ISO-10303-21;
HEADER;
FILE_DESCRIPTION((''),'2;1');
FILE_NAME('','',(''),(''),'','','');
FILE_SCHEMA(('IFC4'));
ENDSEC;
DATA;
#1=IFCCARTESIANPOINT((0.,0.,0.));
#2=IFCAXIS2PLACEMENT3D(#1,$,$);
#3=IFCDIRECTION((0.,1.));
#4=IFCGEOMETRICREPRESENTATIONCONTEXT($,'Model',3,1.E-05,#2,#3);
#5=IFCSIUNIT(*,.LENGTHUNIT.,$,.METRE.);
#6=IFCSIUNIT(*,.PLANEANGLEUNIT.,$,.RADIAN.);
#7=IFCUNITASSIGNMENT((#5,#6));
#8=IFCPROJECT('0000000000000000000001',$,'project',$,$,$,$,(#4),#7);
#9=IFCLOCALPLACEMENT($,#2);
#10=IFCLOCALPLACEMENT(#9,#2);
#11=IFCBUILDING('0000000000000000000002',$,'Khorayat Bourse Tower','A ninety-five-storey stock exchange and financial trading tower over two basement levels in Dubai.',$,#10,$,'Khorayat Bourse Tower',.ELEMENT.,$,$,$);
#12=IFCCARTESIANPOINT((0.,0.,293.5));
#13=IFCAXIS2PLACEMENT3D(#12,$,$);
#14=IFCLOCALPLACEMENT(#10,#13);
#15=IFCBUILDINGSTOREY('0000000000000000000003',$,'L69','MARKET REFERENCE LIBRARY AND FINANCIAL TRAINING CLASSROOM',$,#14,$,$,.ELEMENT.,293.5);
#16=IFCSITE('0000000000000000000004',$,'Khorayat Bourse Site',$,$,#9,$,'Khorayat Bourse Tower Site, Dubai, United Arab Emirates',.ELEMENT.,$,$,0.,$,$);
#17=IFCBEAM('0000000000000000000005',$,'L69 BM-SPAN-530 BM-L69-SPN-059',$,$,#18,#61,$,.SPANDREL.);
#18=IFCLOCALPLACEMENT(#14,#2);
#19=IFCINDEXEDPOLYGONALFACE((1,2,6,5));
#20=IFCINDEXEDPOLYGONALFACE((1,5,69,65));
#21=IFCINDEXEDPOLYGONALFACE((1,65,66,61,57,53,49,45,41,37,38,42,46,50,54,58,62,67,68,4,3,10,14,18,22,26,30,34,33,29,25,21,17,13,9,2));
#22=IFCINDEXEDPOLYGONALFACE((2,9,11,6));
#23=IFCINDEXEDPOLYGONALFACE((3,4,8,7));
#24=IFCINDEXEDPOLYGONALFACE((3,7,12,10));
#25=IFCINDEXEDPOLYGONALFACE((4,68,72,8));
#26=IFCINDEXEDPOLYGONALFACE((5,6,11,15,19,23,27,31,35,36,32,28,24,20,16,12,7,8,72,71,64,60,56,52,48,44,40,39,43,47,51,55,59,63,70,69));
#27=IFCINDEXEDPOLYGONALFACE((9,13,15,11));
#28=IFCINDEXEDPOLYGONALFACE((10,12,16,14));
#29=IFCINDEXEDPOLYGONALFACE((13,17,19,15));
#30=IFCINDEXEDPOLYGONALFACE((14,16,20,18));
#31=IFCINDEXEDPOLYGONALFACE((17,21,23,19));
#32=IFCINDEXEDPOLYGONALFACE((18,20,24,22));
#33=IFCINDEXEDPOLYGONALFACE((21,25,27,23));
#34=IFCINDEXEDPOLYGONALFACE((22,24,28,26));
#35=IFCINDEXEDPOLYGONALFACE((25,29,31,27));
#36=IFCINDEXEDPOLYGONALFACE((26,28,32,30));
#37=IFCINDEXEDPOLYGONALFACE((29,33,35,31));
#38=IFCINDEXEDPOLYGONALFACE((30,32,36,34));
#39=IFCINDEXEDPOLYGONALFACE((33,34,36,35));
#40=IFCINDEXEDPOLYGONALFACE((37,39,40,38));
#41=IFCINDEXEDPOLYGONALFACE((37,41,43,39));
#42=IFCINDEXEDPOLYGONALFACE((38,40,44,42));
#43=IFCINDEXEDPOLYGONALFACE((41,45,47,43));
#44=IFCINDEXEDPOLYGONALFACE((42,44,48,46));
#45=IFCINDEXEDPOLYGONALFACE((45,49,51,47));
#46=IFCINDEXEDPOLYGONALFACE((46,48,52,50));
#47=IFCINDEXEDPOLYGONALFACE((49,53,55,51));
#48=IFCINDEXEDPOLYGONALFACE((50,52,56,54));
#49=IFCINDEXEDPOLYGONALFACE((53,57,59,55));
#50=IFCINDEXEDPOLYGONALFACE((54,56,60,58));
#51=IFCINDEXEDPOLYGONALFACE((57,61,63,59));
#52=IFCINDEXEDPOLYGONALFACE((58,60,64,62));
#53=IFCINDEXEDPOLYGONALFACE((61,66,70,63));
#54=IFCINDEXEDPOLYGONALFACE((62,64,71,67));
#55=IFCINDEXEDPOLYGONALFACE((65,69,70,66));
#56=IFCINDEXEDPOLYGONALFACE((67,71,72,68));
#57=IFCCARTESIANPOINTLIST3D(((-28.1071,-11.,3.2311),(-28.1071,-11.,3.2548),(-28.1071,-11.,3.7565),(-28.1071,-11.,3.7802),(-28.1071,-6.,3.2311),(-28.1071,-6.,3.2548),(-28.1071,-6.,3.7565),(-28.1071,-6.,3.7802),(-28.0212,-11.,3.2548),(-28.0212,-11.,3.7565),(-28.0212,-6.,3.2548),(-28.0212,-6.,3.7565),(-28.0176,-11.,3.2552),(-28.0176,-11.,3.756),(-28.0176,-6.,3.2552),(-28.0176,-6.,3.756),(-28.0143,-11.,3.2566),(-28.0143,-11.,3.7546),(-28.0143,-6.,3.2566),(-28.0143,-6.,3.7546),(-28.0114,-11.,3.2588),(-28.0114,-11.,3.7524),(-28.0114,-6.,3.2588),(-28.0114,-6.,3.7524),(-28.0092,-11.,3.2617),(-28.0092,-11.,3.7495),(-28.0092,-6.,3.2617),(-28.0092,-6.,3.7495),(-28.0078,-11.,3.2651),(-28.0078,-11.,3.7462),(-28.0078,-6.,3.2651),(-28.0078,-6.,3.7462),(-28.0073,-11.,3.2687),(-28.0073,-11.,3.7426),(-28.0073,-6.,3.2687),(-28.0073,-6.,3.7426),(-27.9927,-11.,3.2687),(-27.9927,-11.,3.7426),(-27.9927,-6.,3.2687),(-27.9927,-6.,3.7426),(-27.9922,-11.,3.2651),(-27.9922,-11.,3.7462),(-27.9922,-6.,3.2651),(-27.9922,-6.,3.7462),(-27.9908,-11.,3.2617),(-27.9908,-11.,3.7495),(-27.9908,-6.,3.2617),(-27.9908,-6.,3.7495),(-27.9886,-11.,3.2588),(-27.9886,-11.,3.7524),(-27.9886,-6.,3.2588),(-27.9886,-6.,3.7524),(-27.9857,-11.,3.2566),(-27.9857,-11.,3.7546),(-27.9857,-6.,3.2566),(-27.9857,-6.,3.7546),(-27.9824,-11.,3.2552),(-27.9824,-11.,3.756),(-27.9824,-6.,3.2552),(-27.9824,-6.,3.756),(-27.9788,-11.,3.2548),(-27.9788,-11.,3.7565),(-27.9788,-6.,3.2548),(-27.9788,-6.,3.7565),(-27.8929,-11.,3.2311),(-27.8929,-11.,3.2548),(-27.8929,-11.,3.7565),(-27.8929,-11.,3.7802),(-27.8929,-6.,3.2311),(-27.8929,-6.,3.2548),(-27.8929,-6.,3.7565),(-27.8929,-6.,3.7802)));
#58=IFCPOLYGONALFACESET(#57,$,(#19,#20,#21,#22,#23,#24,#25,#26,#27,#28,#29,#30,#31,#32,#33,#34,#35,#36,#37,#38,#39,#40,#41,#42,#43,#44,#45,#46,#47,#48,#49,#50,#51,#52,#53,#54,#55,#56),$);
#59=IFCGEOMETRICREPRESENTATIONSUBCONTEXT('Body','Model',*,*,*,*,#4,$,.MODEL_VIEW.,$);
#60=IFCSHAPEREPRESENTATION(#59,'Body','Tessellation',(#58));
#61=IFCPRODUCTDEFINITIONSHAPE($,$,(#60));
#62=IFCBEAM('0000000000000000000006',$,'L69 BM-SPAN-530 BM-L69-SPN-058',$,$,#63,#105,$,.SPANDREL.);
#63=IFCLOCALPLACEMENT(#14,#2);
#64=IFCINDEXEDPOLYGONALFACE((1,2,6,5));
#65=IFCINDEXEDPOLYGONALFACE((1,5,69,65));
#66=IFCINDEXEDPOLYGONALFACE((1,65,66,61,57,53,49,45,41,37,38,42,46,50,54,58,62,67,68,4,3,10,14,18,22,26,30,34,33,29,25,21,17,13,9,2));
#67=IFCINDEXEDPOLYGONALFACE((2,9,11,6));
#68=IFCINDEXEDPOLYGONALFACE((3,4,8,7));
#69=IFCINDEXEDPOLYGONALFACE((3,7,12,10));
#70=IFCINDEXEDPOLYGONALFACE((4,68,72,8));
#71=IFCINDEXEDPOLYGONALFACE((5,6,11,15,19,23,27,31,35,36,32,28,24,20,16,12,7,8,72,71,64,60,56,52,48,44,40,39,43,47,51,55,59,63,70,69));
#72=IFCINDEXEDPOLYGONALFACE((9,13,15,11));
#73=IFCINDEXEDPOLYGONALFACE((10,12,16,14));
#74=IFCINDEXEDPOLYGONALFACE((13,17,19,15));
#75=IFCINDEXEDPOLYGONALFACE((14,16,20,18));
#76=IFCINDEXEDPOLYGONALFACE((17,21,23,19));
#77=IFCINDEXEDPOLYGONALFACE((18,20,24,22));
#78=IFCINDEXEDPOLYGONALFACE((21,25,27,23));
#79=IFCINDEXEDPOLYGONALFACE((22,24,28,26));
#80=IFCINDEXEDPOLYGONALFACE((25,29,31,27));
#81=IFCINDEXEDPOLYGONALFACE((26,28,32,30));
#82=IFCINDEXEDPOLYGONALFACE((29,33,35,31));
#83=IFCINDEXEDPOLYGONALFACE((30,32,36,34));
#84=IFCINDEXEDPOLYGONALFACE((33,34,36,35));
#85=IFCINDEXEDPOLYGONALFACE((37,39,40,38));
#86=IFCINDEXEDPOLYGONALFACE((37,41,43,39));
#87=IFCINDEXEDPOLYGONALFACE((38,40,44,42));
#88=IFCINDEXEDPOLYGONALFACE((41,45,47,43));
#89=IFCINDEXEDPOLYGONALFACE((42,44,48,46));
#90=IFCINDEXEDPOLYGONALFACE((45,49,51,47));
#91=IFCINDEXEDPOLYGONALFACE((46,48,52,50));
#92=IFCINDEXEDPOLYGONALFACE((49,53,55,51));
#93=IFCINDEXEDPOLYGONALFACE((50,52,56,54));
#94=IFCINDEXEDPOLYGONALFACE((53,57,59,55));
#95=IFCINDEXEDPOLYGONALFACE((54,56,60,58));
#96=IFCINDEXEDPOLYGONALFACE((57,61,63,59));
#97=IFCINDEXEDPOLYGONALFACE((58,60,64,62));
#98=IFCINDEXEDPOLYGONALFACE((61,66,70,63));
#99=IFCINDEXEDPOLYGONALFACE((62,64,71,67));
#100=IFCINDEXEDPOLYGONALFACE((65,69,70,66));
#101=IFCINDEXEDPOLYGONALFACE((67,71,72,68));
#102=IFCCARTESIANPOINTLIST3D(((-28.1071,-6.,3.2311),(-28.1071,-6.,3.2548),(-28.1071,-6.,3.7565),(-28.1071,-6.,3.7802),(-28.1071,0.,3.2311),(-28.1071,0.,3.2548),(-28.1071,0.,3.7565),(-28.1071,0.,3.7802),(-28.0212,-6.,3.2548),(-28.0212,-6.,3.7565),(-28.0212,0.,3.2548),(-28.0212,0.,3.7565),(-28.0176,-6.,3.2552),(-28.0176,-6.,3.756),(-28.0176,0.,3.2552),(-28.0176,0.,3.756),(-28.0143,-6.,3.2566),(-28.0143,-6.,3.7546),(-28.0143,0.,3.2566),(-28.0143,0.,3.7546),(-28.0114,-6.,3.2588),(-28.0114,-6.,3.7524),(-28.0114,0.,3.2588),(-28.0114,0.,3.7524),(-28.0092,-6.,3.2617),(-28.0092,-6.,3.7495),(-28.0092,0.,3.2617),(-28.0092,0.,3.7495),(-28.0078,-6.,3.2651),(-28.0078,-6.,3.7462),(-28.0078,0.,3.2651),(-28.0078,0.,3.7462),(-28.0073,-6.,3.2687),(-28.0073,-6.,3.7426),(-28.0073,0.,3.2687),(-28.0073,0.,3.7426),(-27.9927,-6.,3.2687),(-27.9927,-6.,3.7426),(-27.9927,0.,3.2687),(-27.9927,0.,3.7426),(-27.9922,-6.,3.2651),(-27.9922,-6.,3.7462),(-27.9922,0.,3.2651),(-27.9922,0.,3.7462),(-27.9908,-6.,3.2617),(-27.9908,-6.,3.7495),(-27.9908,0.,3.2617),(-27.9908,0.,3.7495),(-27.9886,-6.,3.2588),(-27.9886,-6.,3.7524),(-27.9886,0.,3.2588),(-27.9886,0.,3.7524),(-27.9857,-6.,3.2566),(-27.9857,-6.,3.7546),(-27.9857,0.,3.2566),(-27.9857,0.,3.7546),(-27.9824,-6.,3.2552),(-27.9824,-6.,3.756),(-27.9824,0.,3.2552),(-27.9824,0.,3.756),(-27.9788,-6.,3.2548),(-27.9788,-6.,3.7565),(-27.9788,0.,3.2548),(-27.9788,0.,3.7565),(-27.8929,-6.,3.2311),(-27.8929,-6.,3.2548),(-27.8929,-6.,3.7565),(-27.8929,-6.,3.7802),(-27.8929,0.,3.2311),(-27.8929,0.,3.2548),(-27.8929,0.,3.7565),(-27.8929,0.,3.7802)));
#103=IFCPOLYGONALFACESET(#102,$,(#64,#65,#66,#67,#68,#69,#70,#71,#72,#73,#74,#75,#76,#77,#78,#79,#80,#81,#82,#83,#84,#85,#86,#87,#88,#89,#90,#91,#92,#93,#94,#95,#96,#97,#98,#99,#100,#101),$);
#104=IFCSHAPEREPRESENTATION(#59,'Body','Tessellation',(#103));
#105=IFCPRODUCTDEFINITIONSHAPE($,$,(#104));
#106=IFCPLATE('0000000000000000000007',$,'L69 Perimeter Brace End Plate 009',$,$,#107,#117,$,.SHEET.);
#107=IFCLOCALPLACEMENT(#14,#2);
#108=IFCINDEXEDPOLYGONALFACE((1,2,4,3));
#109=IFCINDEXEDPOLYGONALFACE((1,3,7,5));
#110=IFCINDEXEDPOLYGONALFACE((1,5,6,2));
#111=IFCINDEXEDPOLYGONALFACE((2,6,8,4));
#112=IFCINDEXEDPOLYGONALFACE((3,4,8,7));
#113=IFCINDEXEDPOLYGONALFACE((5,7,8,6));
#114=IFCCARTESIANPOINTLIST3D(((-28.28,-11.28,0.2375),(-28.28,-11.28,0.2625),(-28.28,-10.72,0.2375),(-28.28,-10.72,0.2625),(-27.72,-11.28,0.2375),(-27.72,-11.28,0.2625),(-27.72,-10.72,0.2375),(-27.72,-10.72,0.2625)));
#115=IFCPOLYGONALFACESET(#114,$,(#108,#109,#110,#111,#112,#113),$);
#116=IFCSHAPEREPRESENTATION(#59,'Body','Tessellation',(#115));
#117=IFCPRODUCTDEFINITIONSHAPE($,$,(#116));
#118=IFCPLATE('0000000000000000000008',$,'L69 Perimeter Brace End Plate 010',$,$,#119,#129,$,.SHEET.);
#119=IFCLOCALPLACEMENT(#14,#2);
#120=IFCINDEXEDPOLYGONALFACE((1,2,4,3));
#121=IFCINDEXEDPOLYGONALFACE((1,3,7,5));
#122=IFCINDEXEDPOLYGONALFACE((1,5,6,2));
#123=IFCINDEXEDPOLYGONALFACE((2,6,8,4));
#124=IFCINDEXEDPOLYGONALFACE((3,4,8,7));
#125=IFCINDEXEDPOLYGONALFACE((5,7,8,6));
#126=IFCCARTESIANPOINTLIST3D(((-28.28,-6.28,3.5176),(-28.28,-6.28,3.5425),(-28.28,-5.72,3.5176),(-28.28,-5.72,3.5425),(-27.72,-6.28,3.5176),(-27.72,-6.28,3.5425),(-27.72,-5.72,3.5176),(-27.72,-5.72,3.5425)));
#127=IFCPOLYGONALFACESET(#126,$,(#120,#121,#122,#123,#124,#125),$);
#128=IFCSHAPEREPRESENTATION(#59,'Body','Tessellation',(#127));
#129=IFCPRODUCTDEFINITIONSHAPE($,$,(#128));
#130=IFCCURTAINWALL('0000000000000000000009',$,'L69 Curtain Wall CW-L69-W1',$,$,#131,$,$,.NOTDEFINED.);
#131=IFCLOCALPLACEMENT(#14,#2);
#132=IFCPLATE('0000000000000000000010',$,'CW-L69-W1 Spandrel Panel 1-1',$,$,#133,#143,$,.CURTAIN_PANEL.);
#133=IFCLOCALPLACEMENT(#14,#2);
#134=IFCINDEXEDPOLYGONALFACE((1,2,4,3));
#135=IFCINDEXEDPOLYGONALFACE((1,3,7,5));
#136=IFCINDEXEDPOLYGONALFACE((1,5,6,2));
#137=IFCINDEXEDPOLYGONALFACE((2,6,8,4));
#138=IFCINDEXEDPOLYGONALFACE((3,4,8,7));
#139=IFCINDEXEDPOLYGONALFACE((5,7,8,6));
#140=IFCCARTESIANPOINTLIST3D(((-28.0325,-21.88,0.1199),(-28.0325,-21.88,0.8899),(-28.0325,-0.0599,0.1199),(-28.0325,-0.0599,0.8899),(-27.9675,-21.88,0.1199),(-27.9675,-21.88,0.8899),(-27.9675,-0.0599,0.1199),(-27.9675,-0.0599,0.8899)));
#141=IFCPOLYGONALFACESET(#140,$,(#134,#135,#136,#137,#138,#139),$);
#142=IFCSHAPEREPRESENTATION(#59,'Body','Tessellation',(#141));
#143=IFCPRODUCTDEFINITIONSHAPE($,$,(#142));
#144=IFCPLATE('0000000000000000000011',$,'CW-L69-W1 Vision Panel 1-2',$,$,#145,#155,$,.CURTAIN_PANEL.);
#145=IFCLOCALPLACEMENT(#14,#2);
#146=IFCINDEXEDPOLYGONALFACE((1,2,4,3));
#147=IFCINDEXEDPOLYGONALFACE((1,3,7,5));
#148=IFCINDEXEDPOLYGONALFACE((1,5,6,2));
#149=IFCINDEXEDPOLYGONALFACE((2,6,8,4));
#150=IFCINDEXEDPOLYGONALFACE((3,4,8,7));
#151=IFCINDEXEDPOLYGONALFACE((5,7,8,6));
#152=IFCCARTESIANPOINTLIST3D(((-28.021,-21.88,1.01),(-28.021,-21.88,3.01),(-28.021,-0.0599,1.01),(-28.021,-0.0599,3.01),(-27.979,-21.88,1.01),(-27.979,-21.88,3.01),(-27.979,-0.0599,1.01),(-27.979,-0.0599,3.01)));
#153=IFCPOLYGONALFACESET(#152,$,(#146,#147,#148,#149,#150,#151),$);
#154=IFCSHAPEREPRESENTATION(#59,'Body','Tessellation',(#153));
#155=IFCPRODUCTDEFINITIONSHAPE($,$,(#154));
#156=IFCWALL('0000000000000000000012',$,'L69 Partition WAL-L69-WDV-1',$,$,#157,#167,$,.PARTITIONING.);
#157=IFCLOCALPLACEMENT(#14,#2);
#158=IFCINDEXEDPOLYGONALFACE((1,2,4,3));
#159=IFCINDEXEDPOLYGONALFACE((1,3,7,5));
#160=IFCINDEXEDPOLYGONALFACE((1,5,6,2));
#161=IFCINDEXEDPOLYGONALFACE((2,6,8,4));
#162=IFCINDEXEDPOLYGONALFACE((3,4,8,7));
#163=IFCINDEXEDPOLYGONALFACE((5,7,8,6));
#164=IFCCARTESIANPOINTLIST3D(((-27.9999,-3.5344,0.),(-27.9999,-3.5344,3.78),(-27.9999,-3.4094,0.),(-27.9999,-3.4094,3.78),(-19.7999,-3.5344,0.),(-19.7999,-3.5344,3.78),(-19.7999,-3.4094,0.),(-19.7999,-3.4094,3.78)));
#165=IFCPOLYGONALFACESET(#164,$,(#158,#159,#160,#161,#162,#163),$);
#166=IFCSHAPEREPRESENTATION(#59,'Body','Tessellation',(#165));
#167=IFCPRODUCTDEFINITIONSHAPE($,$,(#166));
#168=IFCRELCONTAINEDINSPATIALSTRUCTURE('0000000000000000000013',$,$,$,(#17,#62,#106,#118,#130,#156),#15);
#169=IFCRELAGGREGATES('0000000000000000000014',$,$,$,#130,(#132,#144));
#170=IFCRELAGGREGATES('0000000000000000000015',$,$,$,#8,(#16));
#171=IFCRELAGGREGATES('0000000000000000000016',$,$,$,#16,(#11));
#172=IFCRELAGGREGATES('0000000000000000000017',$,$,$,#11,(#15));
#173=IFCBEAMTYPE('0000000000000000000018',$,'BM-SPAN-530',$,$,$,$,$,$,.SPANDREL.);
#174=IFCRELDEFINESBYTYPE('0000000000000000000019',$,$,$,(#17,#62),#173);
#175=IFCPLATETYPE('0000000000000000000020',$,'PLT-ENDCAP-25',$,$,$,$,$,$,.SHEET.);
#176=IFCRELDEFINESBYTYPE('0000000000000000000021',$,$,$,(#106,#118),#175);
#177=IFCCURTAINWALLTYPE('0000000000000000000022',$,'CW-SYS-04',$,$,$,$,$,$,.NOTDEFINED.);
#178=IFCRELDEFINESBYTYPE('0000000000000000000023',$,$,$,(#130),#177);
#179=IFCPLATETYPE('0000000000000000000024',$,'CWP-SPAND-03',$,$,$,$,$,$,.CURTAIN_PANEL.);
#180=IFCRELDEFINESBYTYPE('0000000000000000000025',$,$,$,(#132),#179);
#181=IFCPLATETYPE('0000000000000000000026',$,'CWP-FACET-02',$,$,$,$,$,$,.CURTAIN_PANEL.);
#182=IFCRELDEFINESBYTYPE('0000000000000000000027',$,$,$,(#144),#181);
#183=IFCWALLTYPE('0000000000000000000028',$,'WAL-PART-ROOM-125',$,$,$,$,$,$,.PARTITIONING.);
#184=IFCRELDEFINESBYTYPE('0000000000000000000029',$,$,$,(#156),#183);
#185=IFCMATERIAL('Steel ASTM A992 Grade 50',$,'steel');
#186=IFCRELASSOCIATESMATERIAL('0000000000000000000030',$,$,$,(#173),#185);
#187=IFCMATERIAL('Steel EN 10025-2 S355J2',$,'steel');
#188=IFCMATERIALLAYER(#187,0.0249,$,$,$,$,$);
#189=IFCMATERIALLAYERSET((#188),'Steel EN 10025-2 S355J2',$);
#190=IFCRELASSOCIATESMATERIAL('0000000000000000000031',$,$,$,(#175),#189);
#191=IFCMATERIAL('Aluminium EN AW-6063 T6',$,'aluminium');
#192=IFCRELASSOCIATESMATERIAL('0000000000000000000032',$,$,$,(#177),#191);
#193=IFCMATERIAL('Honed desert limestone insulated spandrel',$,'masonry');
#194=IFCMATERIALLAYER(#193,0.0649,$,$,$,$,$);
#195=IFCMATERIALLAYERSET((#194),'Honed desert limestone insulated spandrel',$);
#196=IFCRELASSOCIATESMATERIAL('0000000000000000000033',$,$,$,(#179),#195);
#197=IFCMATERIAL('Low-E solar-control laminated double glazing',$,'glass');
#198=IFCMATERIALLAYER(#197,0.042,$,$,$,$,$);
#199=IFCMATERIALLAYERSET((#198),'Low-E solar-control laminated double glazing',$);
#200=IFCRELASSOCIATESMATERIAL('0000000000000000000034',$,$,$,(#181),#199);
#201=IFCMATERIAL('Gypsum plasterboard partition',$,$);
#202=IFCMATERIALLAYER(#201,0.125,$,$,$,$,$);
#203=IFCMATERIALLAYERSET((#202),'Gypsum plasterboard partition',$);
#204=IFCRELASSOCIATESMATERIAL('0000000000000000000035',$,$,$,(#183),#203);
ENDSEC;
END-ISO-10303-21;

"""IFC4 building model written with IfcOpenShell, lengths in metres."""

from ifc_helpers import new_model, si_unit, direction, frame, frame_2d, origin, origin_2d, place, context, subcontext, project, spatial, rectangle, i_section, extrude, source, transform, mapped, material, layer, layer_set, material_profile, profile_set, type_object, element, aggregate, save


model = new_model("IFC4")

# Units and contexts
model_context = context("Model", 3, precision=1e-05, world=origin(), true_north=direction((0.0, 1.0)))
body_context = subcontext(model_context, "Body", "Model", "MODEL_VIEW")
ifc_project = project(units=[si_unit("LENGTHUNIT", "METRE"), si_unit("PLANEANGLEUNIT", "RADIAN")], contexts=[model_context])

# Site, building, storey
site_placement = place(None, origin())
site = spatial("IfcSite", under=ifc_project, at=site_placement, Name="Khorayat Bourse Site", LongName="Khorayat Bourse Tower Site, Dubai, United Arab Emirates", CompositionType="ELEMENT", RefElevation=0.0)
building_placement = place(site_placement, origin())
building = spatial("IfcBuilding", under=site, at=building_placement, Name="Khorayat Bourse Tower", Description="A ninety-five-storey stock exchange and financial trading tower over two basement levels in Dubai.", LongName="Khorayat Bourse Tower", CompositionType="ELEMENT")
storey_placement = place(building_placement, frame((0.0, 0.0, 293.5)))
storey = spatial("IfcBuildingStorey", under=building, at=storey_placement, Name="L69", Description="MARKET REFERENCE LIBRARY AND FINANCIAL TRAINING CLASSROOM", CompositionType="ELEMENT", Elevation=293.5)

# Beams
ifc_material_1 = material(Name="Steel ASTM A992 Grade 50", Category="steel")
ifc_material_profile_1 = material_profile(ifc_material_1, i_section(OverallWidth=0.2141, OverallDepth=0.5491, WebThickness=0.0146, FlangeThickness=0.0237, FilletRadius=0.0139, at=origin_2d()), Name="W530X138")
ifc_profile_set_1 = profile_set([ifc_material_profile_1], Name="Steel ASTM A992 Grade 50")
beam_type_1 = type_object("IfcBeamType", Name="BM-SPAN-530", PredefinedType="SPANDREL", material=ifc_profile_set_1)
shared_shape_1 = source(origin(), body_context, "Body", "SweptSolid", [
    extrude(i_section(OverallWidth=0.2141, OverallDepth=0.5491, WebThickness=0.0146, FlangeThickness=0.0237, FilletRadius=0.0139, at=origin_2d()), origin(), (0.0, 0.0, 1.0), 5.0),
])
beam_1_placement = place(storey_placement, frame((-28.0, -11.0, 3.5056), z_axis=(0.0, 1.0, 0.0), x_axis=(-1.0, 0.0, 0.0)))
element("IfcBeam", 1, at=beam_1_placement, inside=storey, type_object=beam_type_1, Name="L69 BM-SPAN-530 BM-L69-SPN-059", PredefinedType="SPANDREL", context=body_context, shape_type="MappedRepresentation", body=[
    mapped(shared_shape_1, transform((0.0, 0.0, 0.0), scale=1.0)),
])
shared_shape_2 = source(origin(), body_context, "Body", "SweptSolid", [
    extrude(i_section(OverallWidth=0.2141, OverallDepth=0.5491, WebThickness=0.0146, FlangeThickness=0.0237, FilletRadius=0.0139, at=origin_2d()), origin(), (0.0, 0.0, 1.0), 6.0),
])
beam_2_placement = place(storey_placement, frame((-28.0, -6.0, 3.5056), z_axis=(0.0, 1.0, 0.0), x_axis=(-1.0, 0.0, 0.0)))
element("IfcBeam", 2, at=beam_2_placement, inside=storey, type_object=beam_type_1, Name="L69 BM-SPAN-530 BM-L69-SPN-058", PredefinedType="SPANDREL", context=body_context, shape_type="MappedRepresentation", body=[
    mapped(shared_shape_2, transform((0.0, 0.0, 0.0), scale=1.0)),
])

# Plates
ifc_material_2 = material(Name="Steel EN 10025-2 S355J2", Category="steel")
ifc_layer_1 = layer(ifc_material_2, 0.0249)
ifc_layer_set_1 = layer_set([ifc_layer_1], Name="Steel EN 10025-2 S355J2")
plate_type_1 = type_object("IfcPlateType", Name="PLT-ENDCAP-25", PredefinedType="SHEET", material=ifc_layer_set_1)
shared_shape_3 = source(origin(), body_context, "Body", "SweptSolid", [
    extrude(rectangle(XDim=0.5601, YDim=0.5601, at=origin_2d()), origin(), (0.0, 0.0, 1.0), 0.0249),
])
for number, where, z_axis, x_axis, name in (
    (3, (-28.0, -11.0, 0.2375), (0.0, 0.0, 1.0), (1.0, 0.0, 0.0), "L69 Perimeter Brace End Plate 009"),
    (4, (-28.0, -6.0, 3.5176), (0.0, 0.0, 1.0), (1.0, 0.0, 0.0), "L69 Perimeter Brace End Plate 010"),
):
    element("IfcPlate", number, at=place(storey_placement, frame(where, z_axis=z_axis, x_axis=x_axis)), inside=storey, type_object=plate_type_1, Name=name, PredefinedType="SHEET", context=body_context, shape_type="MappedRepresentation", body=[
        mapped(shared_shape_3, transform((0.0, 0.0, 0.0), scale=1.0)),
    ])

# Curtain wall, plates
ifc_material_3 = material(Name="Aluminium EN AW-6063 T6", Category="aluminium")
curtain_wall_type = type_object("IfcCurtainWallType", Name="CW-SYS-04", PredefinedType="NOTDEFINED", material=ifc_material_3)
curtain_wall_placement = place(storey_placement, origin())
curtain_wall = element("IfcCurtainWall", 5, at=curtain_wall_placement, inside=storey, type_object=curtain_wall_type, Name="L69 Curtain Wall CW-L69-W1", PredefinedType="NOTDEFINED")
ifc_material_4 = material(Name="Honed desert limestone insulated spandrel", Category="masonry")
ifc_layer_2 = layer(ifc_material_4, 0.0649)
ifc_layer_set_2 = layer_set([ifc_layer_2], Name="Honed desert limestone insulated spandrel")
plate_type_2 = type_object("IfcPlateType", Name="CWP-SPAND-03", PredefinedType="CURTAIN_PANEL", material=ifc_layer_set_2)
shared_shape_4 = source(origin(), body_context, "Body", "SweptSolid", [
    extrude(rectangle(XDim=21.8201, YDim=0.0649, at=origin_2d()), origin(), (0.0, 0.0, 1.0), 0.77),
])
plate_1_placement = place(storey_placement, frame((-28.0, -10.97, 0.1199), z_axis=(0.0, 0.0, 1.0), x_axis=(0.0, 1.0, 0.0)))
plate_1 = element("IfcPlate", 6, at=plate_1_placement, type_object=plate_type_2, Name="CW-L69-W1 Spandrel Panel 1-1", PredefinedType="CURTAIN_PANEL", context=body_context, shape_type="MappedRepresentation", body=[
    mapped(shared_shape_4, transform((0.0, 0.0, 0.0), scale=1.0)),
])
ifc_material_5 = material(Name="Low-E solar-control laminated double glazing", Category="glass")
ifc_layer_3 = layer(ifc_material_5, 0.042)
ifc_layer_set_3 = layer_set([ifc_layer_3], Name="Low-E solar-control laminated double glazing")
plate_type_3 = type_object("IfcPlateType", Name="CWP-FACET-02", PredefinedType="CURTAIN_PANEL", material=ifc_layer_set_3)
shared_shape_5 = source(origin(), body_context, "Body", "SweptSolid", [
    extrude(rectangle(XDim=21.8201, YDim=0.042, at=origin_2d()), origin(), (0.0, 0.0, 1.0), 2.0),
])
plate_2_placement = place(storey_placement, frame((-28.0, -10.97, 1.01), z_axis=(0.0, 0.0, 1.0), x_axis=(0.0, 1.0, 0.0)))
plate_2 = element("IfcPlate", 7, at=plate_2_placement, type_object=plate_type_3, Name="CW-L69-W1 Vision Panel 1-2", PredefinedType="CURTAIN_PANEL", context=body_context, shape_type="MappedRepresentation", body=[
    mapped(shared_shape_5, transform((0.0, 0.0, 0.0), scale=1.0)),
])
aggregate(curtain_wall, [plate_1, plate_2])

# Wall
ifc_material_6 = material(Name="Gypsum plasterboard partition")
ifc_layer_4 = layer(ifc_material_6, 0.125)
ifc_layer_set_4 = layer_set([ifc_layer_4], Name="Gypsum plasterboard partition")
wall_type = type_object("IfcWallType", Name="WAL-PART-ROOM-125", PredefinedType="PARTITIONING", material=ifc_layer_set_4)
shared_shape_6 = source(origin(), body_context, "Body", "SweptSolid", [
    extrude(rectangle(XDim=8.2, YDim=0.125, at=frame_2d((4.1001, 0.0))), origin(), (0.0, 0.0, 1.0), 3.78),
])
wall_placement = place(storey_placement, frame((-28.0, -3.4719, 0.0), z_axis=(0.0, 0.0, 1.0), x_axis=(1.0, 0.0, 0.0)))
element("IfcWall", 8, at=wall_placement, inside=storey, type_object=wall_type, Name="L69 Partition WAL-L69-WDV-1", PredefinedType="PARTITIONING", context=body_context, shape_type="MappedRepresentation", body=[
    mapped(shared_shape_6, transform((0.0, 0.0, 0.0), scale=1.0)),
])

save(model, "model.ifc")
